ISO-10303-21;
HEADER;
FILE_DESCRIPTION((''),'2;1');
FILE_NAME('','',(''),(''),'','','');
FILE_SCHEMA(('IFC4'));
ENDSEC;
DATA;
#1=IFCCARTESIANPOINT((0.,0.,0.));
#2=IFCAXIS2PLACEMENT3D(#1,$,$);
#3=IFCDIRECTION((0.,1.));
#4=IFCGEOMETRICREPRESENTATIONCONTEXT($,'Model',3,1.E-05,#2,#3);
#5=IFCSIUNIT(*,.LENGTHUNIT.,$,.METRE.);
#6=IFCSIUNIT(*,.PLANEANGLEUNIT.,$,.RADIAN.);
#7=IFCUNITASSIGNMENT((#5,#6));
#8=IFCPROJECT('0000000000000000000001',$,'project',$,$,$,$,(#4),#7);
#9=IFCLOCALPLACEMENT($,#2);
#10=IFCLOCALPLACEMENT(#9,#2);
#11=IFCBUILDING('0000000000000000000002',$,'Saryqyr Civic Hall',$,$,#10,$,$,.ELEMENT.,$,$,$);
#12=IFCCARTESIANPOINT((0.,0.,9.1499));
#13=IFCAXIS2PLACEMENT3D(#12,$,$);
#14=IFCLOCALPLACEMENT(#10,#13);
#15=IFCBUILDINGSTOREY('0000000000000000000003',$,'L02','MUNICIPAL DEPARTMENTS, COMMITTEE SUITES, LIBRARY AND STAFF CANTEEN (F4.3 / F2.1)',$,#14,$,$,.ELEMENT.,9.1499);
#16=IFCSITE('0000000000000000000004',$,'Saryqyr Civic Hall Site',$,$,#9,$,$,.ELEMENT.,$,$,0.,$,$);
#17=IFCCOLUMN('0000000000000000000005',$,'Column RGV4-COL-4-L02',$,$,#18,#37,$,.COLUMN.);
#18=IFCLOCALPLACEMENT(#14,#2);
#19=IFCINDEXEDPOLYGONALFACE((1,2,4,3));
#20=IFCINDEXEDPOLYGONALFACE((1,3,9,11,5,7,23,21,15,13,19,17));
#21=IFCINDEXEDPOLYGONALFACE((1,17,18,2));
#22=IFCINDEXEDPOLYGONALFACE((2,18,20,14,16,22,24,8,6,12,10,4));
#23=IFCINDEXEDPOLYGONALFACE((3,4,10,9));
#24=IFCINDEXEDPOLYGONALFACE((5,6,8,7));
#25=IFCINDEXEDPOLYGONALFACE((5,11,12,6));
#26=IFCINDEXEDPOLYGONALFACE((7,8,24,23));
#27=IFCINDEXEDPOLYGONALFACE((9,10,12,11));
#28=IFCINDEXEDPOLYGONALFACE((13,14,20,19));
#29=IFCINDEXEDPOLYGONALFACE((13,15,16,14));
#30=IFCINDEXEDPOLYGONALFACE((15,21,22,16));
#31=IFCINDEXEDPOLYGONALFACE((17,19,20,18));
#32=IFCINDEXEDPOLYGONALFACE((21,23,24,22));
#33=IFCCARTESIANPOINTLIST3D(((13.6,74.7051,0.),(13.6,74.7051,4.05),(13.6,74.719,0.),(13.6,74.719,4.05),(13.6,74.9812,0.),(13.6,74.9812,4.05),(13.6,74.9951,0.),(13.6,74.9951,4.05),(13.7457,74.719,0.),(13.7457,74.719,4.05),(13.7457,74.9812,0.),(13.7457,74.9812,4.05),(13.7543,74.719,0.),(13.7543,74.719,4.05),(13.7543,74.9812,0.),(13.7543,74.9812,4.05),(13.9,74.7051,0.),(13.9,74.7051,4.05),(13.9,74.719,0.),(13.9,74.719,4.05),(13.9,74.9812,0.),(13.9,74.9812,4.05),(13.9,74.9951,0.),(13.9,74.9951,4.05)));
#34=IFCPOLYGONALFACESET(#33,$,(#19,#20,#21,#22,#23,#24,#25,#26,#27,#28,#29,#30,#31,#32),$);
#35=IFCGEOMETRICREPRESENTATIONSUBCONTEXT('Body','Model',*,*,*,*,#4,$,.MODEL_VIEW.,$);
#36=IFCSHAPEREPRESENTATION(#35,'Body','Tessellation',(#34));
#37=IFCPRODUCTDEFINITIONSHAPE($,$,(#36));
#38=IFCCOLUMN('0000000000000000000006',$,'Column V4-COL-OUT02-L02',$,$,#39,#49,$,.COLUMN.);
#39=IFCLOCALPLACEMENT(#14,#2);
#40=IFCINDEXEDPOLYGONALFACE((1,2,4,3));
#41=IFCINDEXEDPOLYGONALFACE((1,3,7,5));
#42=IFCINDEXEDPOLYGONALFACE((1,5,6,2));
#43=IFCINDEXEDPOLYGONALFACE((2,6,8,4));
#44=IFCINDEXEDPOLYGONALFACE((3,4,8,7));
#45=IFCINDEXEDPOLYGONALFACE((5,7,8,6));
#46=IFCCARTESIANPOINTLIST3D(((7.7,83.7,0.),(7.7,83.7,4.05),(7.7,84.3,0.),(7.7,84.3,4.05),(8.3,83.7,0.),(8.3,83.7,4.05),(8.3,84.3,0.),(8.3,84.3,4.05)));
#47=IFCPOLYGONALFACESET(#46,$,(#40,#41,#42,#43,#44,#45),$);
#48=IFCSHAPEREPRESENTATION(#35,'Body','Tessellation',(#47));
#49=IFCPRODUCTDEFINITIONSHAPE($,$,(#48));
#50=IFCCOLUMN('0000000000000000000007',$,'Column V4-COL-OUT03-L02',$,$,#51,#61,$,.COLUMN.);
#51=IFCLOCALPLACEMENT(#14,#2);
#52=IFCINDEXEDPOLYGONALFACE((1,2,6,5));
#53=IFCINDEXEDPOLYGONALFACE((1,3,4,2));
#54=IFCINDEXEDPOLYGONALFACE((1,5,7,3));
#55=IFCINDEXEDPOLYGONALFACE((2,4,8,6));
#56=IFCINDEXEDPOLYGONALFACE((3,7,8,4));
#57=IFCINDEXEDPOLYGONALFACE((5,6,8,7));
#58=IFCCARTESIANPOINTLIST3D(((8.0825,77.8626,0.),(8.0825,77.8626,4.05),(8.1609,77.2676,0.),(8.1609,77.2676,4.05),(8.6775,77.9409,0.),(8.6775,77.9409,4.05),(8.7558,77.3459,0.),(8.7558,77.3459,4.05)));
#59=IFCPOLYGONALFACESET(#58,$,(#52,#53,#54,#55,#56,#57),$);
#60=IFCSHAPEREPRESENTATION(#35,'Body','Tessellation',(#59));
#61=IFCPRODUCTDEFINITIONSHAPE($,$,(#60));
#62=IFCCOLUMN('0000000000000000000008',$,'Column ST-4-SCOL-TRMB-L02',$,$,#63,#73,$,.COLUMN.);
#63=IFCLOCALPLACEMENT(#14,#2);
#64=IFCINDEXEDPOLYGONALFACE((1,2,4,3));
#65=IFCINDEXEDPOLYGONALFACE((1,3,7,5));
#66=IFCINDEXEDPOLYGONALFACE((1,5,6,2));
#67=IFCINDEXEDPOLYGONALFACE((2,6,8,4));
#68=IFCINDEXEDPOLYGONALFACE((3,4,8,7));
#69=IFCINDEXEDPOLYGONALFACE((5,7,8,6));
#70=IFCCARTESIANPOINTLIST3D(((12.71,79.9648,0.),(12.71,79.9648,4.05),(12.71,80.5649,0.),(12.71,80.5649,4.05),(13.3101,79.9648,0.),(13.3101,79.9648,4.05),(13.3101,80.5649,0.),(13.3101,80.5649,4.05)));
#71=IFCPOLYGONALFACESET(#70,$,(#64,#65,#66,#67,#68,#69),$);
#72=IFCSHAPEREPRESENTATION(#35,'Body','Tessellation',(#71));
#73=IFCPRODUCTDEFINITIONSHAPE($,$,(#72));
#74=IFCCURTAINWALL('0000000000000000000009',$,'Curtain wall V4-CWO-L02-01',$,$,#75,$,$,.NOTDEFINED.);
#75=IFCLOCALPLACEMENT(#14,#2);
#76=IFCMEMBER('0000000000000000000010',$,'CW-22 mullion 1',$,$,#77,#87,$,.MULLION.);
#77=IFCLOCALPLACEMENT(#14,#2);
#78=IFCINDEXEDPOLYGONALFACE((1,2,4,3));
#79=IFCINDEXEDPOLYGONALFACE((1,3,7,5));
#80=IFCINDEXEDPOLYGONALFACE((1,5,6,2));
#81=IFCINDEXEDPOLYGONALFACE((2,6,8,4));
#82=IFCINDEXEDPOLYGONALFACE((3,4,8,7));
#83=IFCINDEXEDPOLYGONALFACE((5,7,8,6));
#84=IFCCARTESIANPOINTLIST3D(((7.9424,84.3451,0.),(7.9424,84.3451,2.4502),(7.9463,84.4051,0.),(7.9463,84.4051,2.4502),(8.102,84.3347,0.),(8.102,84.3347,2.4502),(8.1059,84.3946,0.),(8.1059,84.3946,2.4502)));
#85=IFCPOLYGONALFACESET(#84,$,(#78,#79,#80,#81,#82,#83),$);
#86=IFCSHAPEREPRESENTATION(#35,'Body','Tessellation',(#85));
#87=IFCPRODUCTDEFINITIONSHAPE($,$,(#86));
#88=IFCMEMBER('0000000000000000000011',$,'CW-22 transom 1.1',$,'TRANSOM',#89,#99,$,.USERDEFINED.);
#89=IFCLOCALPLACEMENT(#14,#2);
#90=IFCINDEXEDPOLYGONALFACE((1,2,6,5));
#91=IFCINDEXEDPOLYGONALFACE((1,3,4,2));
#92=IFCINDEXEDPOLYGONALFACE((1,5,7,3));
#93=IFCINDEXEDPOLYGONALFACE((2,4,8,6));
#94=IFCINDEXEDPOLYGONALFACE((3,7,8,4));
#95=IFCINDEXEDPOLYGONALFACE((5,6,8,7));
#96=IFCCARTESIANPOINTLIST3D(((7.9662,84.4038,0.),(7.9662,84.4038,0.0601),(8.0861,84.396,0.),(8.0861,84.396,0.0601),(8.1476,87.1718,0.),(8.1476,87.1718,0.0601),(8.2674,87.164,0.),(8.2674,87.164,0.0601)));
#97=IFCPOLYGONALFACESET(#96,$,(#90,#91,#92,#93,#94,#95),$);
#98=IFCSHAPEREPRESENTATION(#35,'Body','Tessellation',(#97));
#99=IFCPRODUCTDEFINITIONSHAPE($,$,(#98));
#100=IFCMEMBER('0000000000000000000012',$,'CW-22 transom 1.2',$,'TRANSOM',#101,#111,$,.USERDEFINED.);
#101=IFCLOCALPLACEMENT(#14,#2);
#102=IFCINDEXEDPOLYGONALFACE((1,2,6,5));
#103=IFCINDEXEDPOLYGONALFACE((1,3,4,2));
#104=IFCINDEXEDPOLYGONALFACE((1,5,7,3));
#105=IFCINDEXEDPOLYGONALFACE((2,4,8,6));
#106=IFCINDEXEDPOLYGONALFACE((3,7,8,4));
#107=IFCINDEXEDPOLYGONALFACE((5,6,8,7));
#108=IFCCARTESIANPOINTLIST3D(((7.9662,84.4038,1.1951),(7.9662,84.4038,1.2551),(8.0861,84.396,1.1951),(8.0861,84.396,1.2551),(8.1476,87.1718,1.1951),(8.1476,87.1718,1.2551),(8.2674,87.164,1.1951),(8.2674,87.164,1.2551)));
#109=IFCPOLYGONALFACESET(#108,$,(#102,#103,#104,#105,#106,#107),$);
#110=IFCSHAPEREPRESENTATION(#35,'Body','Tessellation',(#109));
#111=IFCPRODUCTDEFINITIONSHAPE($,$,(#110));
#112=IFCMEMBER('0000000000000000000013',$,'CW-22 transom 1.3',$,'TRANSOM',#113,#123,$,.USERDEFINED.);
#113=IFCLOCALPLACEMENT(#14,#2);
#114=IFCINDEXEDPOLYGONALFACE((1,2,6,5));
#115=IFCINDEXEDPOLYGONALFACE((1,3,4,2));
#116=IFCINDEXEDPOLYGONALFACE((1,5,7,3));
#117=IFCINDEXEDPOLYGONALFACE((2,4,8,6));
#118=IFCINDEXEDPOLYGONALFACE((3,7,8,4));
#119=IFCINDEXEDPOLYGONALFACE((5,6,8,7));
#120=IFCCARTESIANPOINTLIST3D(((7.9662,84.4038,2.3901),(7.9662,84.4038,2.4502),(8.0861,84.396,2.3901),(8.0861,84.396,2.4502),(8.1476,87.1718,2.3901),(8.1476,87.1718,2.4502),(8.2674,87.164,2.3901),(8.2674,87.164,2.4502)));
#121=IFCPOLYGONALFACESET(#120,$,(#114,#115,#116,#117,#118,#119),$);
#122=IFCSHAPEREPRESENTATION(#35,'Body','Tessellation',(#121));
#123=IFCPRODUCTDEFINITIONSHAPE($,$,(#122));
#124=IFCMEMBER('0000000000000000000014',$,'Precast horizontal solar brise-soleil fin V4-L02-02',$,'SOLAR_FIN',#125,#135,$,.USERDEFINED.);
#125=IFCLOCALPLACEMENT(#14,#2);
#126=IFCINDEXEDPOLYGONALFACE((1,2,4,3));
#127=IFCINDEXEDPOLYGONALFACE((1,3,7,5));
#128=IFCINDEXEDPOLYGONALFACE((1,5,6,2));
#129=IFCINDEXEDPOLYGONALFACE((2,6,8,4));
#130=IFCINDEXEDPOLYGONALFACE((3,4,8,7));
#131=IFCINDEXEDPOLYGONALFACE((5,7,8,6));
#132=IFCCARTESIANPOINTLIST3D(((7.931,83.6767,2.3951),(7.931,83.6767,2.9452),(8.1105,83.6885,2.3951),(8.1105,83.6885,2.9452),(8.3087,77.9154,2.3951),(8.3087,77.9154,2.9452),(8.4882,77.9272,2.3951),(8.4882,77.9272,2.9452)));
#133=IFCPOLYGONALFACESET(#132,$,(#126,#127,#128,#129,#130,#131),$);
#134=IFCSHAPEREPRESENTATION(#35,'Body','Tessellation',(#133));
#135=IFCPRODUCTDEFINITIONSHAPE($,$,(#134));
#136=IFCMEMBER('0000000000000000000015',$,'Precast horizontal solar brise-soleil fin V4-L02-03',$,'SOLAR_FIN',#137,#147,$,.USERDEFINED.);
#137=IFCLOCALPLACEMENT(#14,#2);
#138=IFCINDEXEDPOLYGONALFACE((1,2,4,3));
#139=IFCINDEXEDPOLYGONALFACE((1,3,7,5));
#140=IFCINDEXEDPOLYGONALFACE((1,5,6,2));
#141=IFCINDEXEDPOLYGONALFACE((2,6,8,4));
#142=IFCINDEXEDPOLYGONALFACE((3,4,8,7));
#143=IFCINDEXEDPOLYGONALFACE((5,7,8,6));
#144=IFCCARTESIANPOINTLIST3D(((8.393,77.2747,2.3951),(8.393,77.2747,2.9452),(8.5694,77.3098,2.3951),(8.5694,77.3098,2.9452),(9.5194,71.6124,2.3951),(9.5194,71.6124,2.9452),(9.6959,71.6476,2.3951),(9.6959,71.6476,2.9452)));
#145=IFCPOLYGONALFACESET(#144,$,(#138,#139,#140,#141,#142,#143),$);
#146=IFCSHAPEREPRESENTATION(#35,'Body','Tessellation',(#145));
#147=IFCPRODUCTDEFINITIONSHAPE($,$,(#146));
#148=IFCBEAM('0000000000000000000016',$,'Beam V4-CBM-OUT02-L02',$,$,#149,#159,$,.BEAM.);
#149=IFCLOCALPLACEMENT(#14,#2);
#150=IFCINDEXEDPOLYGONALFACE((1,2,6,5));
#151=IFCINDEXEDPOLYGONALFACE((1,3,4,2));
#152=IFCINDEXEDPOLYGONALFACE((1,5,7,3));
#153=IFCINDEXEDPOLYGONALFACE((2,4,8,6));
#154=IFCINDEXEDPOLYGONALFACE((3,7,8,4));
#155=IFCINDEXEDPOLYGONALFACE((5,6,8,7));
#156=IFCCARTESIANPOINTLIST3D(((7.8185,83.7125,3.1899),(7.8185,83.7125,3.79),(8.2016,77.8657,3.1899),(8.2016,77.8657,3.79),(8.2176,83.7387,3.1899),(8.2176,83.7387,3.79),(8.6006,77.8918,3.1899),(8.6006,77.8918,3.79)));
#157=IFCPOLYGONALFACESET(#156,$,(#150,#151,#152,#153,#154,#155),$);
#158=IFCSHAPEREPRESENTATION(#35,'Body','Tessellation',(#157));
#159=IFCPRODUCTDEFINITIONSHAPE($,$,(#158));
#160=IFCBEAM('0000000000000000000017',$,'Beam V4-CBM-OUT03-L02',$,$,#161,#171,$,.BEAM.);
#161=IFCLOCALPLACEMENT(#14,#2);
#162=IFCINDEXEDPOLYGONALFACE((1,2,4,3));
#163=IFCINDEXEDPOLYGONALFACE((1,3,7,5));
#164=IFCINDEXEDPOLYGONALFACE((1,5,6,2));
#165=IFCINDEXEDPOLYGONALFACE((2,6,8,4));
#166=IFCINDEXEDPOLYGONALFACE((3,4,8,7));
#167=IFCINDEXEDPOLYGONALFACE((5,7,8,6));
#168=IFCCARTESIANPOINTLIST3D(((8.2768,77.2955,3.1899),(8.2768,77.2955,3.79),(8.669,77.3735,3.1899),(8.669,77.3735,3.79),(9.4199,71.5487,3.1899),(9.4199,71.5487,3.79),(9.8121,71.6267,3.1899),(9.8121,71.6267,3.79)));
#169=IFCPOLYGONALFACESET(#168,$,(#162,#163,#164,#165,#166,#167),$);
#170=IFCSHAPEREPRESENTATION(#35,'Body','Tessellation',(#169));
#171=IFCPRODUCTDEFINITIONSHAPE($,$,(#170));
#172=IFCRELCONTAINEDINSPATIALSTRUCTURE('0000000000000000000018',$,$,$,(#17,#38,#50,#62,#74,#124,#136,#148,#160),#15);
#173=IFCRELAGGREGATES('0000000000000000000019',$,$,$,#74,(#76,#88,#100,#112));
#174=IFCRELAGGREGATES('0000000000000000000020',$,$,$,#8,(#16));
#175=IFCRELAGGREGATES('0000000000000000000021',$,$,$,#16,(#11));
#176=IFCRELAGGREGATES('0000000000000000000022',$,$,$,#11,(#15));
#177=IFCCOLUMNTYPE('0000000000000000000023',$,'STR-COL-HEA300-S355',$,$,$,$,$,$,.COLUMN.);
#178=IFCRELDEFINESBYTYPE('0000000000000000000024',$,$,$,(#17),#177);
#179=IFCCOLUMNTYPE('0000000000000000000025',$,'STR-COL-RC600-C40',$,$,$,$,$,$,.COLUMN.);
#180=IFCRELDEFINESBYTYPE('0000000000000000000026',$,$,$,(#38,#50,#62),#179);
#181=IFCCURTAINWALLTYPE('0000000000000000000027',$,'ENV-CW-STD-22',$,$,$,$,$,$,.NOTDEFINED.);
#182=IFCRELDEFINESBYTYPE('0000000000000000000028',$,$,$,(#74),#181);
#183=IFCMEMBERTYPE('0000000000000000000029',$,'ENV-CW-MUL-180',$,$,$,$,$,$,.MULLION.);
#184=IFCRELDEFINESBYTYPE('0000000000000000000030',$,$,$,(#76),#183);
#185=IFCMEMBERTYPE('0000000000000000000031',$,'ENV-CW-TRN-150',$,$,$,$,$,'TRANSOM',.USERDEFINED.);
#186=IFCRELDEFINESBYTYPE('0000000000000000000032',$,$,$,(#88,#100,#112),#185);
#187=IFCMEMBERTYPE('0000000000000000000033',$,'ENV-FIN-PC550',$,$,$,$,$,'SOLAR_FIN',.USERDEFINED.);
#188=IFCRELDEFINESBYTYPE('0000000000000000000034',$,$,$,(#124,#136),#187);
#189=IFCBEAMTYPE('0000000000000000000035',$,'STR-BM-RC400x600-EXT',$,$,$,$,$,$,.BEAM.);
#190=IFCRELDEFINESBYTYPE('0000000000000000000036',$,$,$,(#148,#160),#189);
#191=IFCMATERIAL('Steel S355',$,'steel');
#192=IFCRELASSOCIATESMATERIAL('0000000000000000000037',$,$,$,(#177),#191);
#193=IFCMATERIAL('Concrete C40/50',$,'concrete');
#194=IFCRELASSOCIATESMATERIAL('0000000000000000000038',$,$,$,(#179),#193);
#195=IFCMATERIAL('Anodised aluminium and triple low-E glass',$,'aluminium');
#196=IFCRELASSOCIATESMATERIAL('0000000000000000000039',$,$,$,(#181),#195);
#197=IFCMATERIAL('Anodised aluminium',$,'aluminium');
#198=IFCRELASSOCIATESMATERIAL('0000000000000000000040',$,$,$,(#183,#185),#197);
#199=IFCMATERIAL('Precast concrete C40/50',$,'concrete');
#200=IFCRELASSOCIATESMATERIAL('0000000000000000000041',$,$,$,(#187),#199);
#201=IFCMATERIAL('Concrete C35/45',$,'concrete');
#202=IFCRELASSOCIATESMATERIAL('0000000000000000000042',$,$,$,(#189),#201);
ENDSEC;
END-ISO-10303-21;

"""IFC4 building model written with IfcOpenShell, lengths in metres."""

from ifc_helpers import new_model, si_unit, direction, frame, origin, origin_2d, place, context, subcontext, project, spatial, rectangle, i_section, extrude, material, material_profile, profile_set, type_object, element, aggregate, save


model = new_model("IFC4")

# Units and contexts
model_context = context("Model", 3, precision=1e-05, world=origin(), true_north=direction((0.0, 1.0)))
body_context = subcontext(model_context, "Body", "Model", "MODEL_VIEW")
ifc_project = project(units=[si_unit("LENGTHUNIT", "METRE"), si_unit("PLANEANGLEUNIT", "RADIAN")], contexts=[model_context])

# Site, building, storey
site_placement = place(None, origin())
site = spatial("IfcSite", under=ifc_project, at=site_placement, Name="Saryqyr Civic Hall Site", CompositionType="ELEMENT", RefElevation=0.0)
building_placement = place(site_placement, origin())
building = spatial("IfcBuilding", under=site, at=building_placement, Name="Saryqyr Civic Hall", CompositionType="ELEMENT")
storey_placement = place(building_placement, frame((0.0, 0.0, 9.1499)))
storey = spatial("IfcBuildingStorey", under=building, at=storey_placement, Name="L02", Description="MUNICIPAL DEPARTMENTS, COMMITTEE SUITES, LIBRARY AND STAFF CANTEEN (F4.3 / F2.1)", CompositionType="ELEMENT", Elevation=9.1499)

# Columns
ifc_material_1 = material(Name="Steel S355", Category="steel")
ifc_material_profile_1 = material_profile(ifc_material_1, i_section(OverallWidth=0.3, OverallDepth=0.29, WebThickness=0.0085, FlangeThickness=0.0139, at=origin_2d()), Name="HEA 300")
ifc_profile_set_1 = profile_set([ifc_material_profile_1], Name="Steel S355")
column_type_1 = type_object("IfcColumnType", Name="STR-COL-HEA300-S355", PredefinedType="COLUMN", material=ifc_profile_set_1)
column_placement = place(storey_placement, frame((13.75, 74.8501, 0.0), z_axis=(0.0, 0.0, 1.0), x_axis=(1.0, 0.0, 0.0)))
element("IfcColumn", 1, at=column_placement, inside=storey, type_object=column_type_1, Name="Column RGV4-COL-4-L02", PredefinedType="COLUMN", context=body_context, shape_type="SweptSolid", body=[
    extrude(i_section(OverallWidth=0.3, OverallDepth=0.29, WebThickness=0.0085, FlangeThickness=0.0139, at=origin_2d()), origin(), (0.0, 0.0, 1.0), 4.05),
])
ifc_material_2 = material(Name="Concrete C40/50", Category="concrete")
ifc_material_profile_2 = material_profile(ifc_material_2, rectangle(XDim=0.6001, YDim=0.6001, at=origin_2d()), Name="RC 600x600")
ifc_profile_set_2 = profile_set([ifc_material_profile_2], Name="Concrete C40/50")
column_type_2 = type_object("IfcColumnType", Name="STR-COL-RC600-C40", PredefinedType="COLUMN", material=ifc_profile_set_2)
for number, where, z_axis, x_axis, name in (
    (2, (8.0, 84.0, 0.0), (0.0, 0.0, 1.0), (-1.0, 0.0, 0.0), "Column V4-COL-OUT02-L02"),
    (3, (8.4192, 77.6042, 0.0), (0.0, 0.0, 1.0), (-0.991445, -0.130526, 0.0), "Column V4-COL-OUT03-L02"),
    (4, (13.01, 80.2649, 0.0), (0.0, 0.0, 1.0), (1.0, 0.0, 0.0), "Column ST-4-SCOL-TRMB-L02"),
):
    element("IfcColumn", number, at=place(storey_placement, frame(where, z_axis=z_axis, x_axis=x_axis)), inside=storey, type_object=column_type_2, Name=name, PredefinedType="COLUMN", context=body_context, shape_type="SweptSolid", body=[
        extrude(rectangle(XDim=0.6001, YDim=0.6001, at=origin_2d()), origin(), (0.0, 0.0, 1.0), 4.05),
    ])

# Curtain wall, members
ifc_material_3 = material(Name="Anodised aluminium and triple low-E glass", Category="aluminium")
curtain_wall_type = type_object("IfcCurtainWallType", Name="ENV-CW-STD-22", PredefinedType="NOTDEFINED", material=ifc_material_3)
curtain_wall_placement = place(storey_placement, origin())
curtain_wall = element("IfcCurtainWall", 5, at=curtain_wall_placement, inside=storey, type_object=curtain_wall_type, Name="Curtain wall V4-CWO-L02-01", PredefinedType="NOTDEFINED")
ifc_material_4 = material(Name="Anodised aluminium", Category="aluminium")
ifc_material_profile_3 = material_profile(ifc_material_4, rectangle(XDim=0.0601, YDim=0.1599, at=origin_2d()), Name="ALU MULLION 60x160")
ifc_profile_set_3 = profile_set([ifc_material_profile_3], Name="Anodised aluminium")
member_type_1 = type_object("IfcMemberType", Name="ENV-CW-MUL-180", PredefinedType="MULLION", material=ifc_profile_set_3)
member_1_placement = place(storey_placement, frame((8.0242, 84.3699, 0.0), z_axis=(0.0, 0.0, 1.0), x_axis=(0.065397, 0.997859, 0.0)))
member_1 = element("IfcMember", 6, at=member_1_placement, type_object=member_type_1, Name="CW-22 mullion 1", PredefinedType="MULLION", context=body_context, shape_type="SweptSolid", body=[
    extrude(rectangle(XDim=0.0601, YDim=0.1599, at=origin_2d()), origin(), (0.0, 0.0, 1.0), 2.4502),
])
ifc_material_profile_4 = material_profile(ifc_material_4, rectangle(XDim=0.1201, YDim=0.0601, at=origin_2d()), Name="ALU TRANSOM 120x60")
ifc_profile_set_4 = profile_set([ifc_material_profile_4], Name="Anodised aluminium")
member_type_2 = type_object("IfcMemberType", Name="ENV-CW-TRN-150", ElementType="TRANSOM", PredefinedType="USERDEFINED", material=ifc_profile_set_4)
member_2_placement = place(storey_placement, frame((8.0261, 84.3999, 0.03), z_axis=(0.065392, 0.99786, 0.0), x_axis=(-0.99786, 0.065392, 0.0)))
member_2 = element("IfcMember", 7, at=member_2_placement, type_object=member_type_2, Name="CW-22 transom 1.1", ObjectType="TRANSOM", PredefinedType="USERDEFINED", context=body_context, shape_type="SweptSolid", body=[
    extrude(rectangle(XDim=0.1201, YDim=0.0601, at=origin_2d()), origin(), (0.0, 0.0, 1.0), 2.7739),
])
member_3_placement = place(storey_placement, frame((8.0261, 84.3999, 1.2251), z_axis=(0.065392, 0.99786, 0.0), x_axis=(-0.99786, 0.065392, 0.0)))
member_3 = element("IfcMember", 8, at=member_3_placement, type_object=member_type_2, Name="CW-22 transom 1.2", ObjectType="TRANSOM", PredefinedType="USERDEFINED", context=body_context, shape_type="SweptSolid", body=[
    extrude(rectangle(XDim=0.1201, YDim=0.0601, at=origin_2d()), origin(), (0.0, 0.0, 1.0), 2.7739),
])
member_4_placement = place(storey_placement, frame((8.0261, 84.3999, 2.4202), z_axis=(0.065392, 0.99786, 0.0), x_axis=(-0.99786, 0.065392, 0.0)))
member_4 = element("IfcMember", 9, at=member_4_placement, type_object=member_type_2, Name="CW-22 transom 1.3", ObjectType="TRANSOM", PredefinedType="USERDEFINED", context=body_context, shape_type="SweptSolid", body=[
    extrude(rectangle(XDim=0.1201, YDim=0.0601, at=origin_2d()), origin(), (0.0, 0.0, 1.0), 2.7739),
])
aggregate(curtain_wall, [member_1, member_2, member_3, member_4])

# Members
ifc_material_5 = material(Name="Precast concrete C40/50", Category="concrete")
ifc_material_profile_5 = material_profile(ifc_material_5, rectangle(XDim=0.1799, YDim=0.55, at=origin_2d()), Name="PC FIN 180x550")
ifc_profile_set_5 = profile_set([ifc_material_profile_5], Name="Precast concrete C40/50")
member_type_3 = type_object("IfcMemberType", Name="ENV-FIN-PC550", ElementType="SOLAR_FIN", PredefinedType="USERDEFINED", material=ifc_profile_set_5)
member_5_placement = place(storey_placement, frame((8.0208, 83.6826, 2.6702), z_axis=(0.065416, -0.997858, 0.0), x_axis=(0.997858, 0.065416, 0.0)))
element("IfcMember", 10, at=member_5_placement, inside=storey, type_object=member_type_3, Name="Precast horizontal solar brise-soleil fin V4-L02-02", ObjectType="SOLAR_FIN", PredefinedType="USERDEFINED", context=body_context, shape_type="SweptSolid", body=[
    extrude(rectangle(XDim=0.1799, YDim=0.55, at=origin_2d()), origin(), (0.0, 0.0, 1.0), 5.7737),
])
member_6_placement = place(storey_placement, frame((8.4812, 77.2922, 2.6702), z_axis=(0.195116, -0.98078, 0.0), x_axis=(0.98078, 0.195116, 0.0)))
element("IfcMember", 11, at=member_6_placement, inside=storey, type_object=member_type_3, Name="Precast horizontal solar brise-soleil fin V4-L02-03", ObjectType="SOLAR_FIN", PredefinedType="USERDEFINED", context=body_context, shape_type="SweptSolid", body=[
    extrude(rectangle(XDim=0.1799, YDim=0.55, at=origin_2d()), origin(), (0.0, 0.0, 1.0), 5.7732),
])

# Beams
ifc_material_6 = material(Name="Concrete C35/45", Category="concrete")
ifc_material_profile_6 = material_profile(ifc_material_6, rectangle(XDim=0.3999, YDim=0.6001, at=origin_2d()), Name="RC 400x600")
ifc_profile_set_6 = profile_set([ifc_material_profile_6], Name="Concrete C35/45")
beam_type = type_object("IfcBeamType", Name="STR-BM-RC400x600-EXT", PredefinedType="BEAM", material=ifc_profile_set_6)
for number, where, z_axis, x_axis, name in (
    (12, (8.0181, 83.7256, 3.49), (0.065374, -0.997861, 0.0), (0.997861, 0.065374, 0.0), "Beam V4-CBM-OUT02-L02"),
    (13, (8.4729, 77.3345, 3.49), (0.195082, -0.980787, 0.0), (0.980787, 0.195082, 0.0), "Beam V4-CBM-OUT03-L02"),
):
    element("IfcBeam", number, at=place(storey_placement, frame(where, z_axis=z_axis, x_axis=x_axis)), inside=storey, type_object=beam_type, Name=name, PredefinedType="BEAM", context=body_context, shape_type="SweptSolid", body=[
        extrude(rectangle(XDim=0.3999, YDim=0.6001, at=origin_2d()), origin(), (0.0, 0.0, 1.0), 5.8594),
    ])

save(model, "model.ifc")
